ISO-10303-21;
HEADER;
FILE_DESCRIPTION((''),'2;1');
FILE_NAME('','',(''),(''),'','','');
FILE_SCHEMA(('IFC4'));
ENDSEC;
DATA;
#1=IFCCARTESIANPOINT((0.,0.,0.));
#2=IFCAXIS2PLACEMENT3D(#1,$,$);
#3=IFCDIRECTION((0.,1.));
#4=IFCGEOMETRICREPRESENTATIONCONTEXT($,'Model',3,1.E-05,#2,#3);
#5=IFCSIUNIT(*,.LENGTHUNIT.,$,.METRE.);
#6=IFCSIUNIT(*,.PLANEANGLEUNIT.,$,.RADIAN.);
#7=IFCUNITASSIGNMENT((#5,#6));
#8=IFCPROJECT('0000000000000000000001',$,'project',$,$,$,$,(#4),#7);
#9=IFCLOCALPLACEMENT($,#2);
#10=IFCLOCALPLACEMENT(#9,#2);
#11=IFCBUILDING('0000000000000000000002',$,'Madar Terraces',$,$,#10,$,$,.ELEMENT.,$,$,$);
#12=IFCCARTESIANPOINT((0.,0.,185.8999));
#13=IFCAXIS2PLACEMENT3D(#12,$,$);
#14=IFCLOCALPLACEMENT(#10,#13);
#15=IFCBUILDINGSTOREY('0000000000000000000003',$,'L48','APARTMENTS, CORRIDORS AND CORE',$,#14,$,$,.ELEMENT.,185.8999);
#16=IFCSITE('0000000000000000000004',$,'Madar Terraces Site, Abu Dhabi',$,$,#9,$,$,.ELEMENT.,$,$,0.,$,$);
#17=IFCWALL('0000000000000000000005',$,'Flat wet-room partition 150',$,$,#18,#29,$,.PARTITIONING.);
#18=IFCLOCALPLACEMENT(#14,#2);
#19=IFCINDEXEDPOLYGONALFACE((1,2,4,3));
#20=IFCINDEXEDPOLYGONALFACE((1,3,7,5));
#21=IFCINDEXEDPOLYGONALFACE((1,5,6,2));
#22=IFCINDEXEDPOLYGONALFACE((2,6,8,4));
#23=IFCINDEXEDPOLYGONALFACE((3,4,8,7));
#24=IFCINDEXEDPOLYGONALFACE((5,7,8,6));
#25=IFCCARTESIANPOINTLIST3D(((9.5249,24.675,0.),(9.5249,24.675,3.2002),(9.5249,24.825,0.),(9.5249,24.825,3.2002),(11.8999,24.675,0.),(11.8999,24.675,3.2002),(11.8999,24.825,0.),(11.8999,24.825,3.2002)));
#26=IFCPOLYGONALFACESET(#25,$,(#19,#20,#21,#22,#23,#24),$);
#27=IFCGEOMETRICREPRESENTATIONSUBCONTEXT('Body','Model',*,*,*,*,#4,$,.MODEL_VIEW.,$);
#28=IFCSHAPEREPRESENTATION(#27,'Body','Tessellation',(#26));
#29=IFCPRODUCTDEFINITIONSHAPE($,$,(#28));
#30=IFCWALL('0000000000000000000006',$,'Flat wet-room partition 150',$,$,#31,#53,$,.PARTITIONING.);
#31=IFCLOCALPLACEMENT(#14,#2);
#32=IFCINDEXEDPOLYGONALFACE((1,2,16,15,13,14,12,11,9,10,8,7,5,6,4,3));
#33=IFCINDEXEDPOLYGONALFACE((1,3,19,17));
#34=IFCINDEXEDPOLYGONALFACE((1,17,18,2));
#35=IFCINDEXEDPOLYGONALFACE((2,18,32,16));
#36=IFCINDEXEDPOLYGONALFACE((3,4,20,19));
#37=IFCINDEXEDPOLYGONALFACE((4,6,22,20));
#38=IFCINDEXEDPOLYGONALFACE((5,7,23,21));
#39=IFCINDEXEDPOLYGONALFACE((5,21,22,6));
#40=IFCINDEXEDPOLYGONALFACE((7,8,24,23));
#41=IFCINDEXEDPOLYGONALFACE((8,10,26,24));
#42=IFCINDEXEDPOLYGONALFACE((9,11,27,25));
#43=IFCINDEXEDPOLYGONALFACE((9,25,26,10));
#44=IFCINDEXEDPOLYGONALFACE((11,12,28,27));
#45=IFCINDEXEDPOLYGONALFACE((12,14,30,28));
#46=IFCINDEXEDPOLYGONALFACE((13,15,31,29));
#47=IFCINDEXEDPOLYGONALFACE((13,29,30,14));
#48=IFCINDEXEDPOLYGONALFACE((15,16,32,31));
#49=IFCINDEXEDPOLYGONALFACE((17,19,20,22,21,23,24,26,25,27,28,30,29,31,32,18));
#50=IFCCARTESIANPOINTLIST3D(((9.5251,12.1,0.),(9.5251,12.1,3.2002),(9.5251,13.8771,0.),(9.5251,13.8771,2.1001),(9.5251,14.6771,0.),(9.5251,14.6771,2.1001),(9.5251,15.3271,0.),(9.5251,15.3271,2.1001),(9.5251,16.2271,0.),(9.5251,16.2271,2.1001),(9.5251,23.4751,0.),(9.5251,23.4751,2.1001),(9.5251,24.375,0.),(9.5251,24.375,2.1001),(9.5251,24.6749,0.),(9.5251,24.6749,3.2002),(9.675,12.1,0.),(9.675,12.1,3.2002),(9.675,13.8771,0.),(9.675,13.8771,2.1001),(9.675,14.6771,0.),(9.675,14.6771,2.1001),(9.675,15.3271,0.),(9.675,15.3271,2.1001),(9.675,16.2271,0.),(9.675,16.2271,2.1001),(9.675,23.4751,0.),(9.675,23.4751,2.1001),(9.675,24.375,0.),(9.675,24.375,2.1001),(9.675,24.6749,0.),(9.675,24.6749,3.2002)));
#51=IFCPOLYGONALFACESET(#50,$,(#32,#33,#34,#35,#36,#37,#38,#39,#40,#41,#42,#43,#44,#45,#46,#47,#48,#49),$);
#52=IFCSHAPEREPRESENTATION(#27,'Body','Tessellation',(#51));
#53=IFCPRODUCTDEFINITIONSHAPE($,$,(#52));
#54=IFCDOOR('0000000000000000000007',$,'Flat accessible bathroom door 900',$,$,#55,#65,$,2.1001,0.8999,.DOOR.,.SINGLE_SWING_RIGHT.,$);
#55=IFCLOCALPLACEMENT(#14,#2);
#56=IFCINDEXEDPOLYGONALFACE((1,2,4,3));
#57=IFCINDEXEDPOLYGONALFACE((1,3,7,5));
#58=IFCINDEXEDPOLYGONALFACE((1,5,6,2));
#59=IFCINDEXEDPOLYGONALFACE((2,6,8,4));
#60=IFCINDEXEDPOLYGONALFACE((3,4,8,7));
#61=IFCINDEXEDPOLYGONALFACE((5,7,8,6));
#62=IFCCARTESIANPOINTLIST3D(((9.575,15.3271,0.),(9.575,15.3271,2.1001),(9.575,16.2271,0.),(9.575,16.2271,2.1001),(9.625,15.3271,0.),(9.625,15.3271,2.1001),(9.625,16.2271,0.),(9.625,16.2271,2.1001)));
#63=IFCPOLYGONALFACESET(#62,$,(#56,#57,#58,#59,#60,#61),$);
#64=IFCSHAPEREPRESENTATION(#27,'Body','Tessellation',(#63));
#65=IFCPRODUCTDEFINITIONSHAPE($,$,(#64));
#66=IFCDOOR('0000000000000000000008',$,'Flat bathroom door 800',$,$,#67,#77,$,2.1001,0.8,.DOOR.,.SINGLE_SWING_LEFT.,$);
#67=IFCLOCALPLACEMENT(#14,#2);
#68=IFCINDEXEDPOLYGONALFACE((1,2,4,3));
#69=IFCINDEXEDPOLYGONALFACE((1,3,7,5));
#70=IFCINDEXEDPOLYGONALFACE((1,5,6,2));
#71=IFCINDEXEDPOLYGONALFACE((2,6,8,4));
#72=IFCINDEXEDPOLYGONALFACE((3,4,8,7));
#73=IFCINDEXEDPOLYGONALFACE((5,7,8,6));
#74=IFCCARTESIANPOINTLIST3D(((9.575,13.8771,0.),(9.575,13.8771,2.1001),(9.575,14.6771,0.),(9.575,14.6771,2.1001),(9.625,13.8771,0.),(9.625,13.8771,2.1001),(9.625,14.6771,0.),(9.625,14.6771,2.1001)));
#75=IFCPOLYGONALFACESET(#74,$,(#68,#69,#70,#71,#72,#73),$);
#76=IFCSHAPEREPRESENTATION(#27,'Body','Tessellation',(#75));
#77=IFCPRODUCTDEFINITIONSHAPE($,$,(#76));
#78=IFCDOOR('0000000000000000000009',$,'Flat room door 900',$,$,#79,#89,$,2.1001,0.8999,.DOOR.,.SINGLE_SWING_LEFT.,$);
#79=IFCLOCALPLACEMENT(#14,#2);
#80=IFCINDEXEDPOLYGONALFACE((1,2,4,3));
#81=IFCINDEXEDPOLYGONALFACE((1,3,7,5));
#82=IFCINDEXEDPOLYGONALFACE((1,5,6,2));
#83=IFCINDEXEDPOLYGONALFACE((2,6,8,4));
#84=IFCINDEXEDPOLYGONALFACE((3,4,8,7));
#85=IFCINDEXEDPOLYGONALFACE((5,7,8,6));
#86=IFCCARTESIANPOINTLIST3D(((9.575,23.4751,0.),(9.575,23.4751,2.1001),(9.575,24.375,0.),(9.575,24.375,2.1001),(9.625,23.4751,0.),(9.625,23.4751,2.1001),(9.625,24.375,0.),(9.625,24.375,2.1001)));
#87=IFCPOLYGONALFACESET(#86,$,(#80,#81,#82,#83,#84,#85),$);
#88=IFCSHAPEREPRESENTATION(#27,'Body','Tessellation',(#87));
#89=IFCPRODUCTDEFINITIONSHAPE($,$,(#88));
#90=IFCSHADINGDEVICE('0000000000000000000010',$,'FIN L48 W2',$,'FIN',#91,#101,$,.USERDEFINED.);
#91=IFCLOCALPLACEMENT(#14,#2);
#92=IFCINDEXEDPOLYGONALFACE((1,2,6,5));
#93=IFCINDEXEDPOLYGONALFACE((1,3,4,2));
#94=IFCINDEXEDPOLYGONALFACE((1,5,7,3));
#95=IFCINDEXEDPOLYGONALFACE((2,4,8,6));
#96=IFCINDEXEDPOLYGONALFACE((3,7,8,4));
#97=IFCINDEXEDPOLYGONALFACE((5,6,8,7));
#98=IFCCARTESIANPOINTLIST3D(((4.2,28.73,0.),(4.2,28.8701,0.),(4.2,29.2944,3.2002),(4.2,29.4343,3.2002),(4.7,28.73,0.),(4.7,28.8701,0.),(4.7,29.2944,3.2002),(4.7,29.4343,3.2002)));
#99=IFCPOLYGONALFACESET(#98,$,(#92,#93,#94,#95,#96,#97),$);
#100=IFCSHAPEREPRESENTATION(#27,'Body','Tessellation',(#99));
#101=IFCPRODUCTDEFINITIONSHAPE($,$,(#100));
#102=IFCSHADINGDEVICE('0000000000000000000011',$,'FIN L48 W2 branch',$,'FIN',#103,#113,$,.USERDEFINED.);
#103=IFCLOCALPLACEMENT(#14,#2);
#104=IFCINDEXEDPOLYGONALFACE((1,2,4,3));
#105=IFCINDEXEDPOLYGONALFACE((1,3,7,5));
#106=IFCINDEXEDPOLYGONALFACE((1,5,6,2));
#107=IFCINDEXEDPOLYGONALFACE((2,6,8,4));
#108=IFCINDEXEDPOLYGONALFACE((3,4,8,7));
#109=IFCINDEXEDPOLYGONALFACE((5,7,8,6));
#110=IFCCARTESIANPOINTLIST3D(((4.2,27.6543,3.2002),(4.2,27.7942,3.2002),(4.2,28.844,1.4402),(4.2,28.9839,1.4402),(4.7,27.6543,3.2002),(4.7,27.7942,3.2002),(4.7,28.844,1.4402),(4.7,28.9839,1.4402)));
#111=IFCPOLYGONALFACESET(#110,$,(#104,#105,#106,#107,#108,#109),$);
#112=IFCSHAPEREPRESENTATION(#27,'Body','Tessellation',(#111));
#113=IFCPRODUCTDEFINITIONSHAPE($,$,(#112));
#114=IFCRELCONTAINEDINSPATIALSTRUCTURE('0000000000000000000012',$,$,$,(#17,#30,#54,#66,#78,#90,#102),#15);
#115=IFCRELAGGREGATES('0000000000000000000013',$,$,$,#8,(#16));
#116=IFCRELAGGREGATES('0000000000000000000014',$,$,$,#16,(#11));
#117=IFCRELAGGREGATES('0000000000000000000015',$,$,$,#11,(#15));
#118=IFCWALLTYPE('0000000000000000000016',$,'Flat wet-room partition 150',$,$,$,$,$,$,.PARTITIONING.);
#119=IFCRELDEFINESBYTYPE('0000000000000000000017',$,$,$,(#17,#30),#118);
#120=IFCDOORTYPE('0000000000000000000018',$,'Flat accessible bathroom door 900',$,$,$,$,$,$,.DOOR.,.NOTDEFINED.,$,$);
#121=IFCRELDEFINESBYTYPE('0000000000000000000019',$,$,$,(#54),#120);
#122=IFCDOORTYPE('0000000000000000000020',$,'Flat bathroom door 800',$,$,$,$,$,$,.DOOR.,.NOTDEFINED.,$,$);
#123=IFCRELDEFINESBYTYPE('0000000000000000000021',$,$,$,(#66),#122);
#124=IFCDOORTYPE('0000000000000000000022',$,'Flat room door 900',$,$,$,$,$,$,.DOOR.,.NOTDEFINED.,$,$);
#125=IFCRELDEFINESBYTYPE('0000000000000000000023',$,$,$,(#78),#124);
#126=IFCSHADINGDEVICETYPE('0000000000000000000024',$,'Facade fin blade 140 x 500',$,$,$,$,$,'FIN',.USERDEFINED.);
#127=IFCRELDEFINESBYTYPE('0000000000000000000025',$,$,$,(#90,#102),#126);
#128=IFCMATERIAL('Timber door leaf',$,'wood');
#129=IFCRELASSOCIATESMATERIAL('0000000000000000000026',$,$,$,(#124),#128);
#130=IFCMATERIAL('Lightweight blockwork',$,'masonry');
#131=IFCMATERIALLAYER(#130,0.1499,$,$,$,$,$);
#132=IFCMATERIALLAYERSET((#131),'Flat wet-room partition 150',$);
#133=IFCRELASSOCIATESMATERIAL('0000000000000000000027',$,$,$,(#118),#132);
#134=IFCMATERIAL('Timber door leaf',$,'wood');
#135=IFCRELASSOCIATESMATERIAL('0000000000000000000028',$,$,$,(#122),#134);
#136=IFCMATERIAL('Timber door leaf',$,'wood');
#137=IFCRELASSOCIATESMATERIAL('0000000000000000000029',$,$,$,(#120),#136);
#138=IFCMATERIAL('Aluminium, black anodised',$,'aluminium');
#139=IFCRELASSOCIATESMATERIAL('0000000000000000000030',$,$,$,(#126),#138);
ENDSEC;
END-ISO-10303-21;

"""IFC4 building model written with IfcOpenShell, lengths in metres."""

from ifc_helpers import new_model, si_unit, direction, frame, frame_2d, origin, place, context, subcontext, project, spatial, polyline, rectangle, outline, extrude, material, layer, layer_set, type_object, element, fill, save


model = new_model("IFC4")

# Units and contexts
model_context = context("Model", 3, precision=1e-05, world=origin(), true_north=direction((0.0, 1.0)))
body_context = subcontext(model_context, "Body", "Model", "MODEL_VIEW")
ifc_project = project(units=[si_unit("LENGTHUNIT", "METRE"), si_unit("PLANEANGLEUNIT", "RADIAN")], contexts=[model_context])

# Site, building, storey
site_placement = place(None, origin())
site = spatial("IfcSite", under=ifc_project, at=site_placement, Name="Madar Terraces Site, Abu Dhabi", CompositionType="ELEMENT", RefElevation=0.0)
building_placement = place(site_placement, origin())
building = spatial("IfcBuilding", under=site, at=building_placement, Name="Madar Terraces", CompositionType="ELEMENT")
storey_placement = place(building_placement, frame((0.0, 0.0, 185.8999)))
storey = spatial("IfcBuildingStorey", under=building, at=storey_placement, Name="L48", Description="APARTMENTS, CORRIDORS AND CORE", CompositionType="ELEMENT", Elevation=185.8999)

# Shared definitions
ifc_material_1 = material(Name="Timber door leaf", Category="wood")
door_type_1 = type_object("IfcDoorType", Name="Flat room door 900", OperationType="NOTDEFINED", PredefinedType="DOOR", material=ifc_material_1)

# Shared definitions
ifc_material_2 = material(Name="Lightweight blockwork", Category="masonry")
ifc_layer_1 = layer(ifc_material_2, 0.1499)
ifc_layer_set_1 = layer_set([ifc_layer_1], Name="Flat wet-room partition 150")
wall_type_1 = type_object("IfcWallType", Name="Flat wet-room partition 150", PredefinedType="PARTITIONING", material=ifc_layer_set_1)

# Shared definitions
ifc_material_3 = material(Name="Timber door leaf", Category="wood")
door_type_2 = type_object("IfcDoorType", Name="Flat bathroom door 800", OperationType="NOTDEFINED", PredefinedType="DOOR", material=ifc_material_3)

# Wall
wall_1_placement = place(storey_placement, frame((11.8999, 24.75, 0.0), z_axis=(0.0, 0.0, 1.0), x_axis=(-1.0, 0.0, 0.0)))
element("IfcWall", 1, at=wall_1_placement, inside=storey, type_object=wall_type_1, Name="Flat wet-room partition 150", PredefinedType="PARTITIONING", context=body_context, shape_type="SweptSolid", body=[
    extrude(rectangle(XDim=2.375, YDim=0.1499, at=frame_2d((1.1875, 0.0))), origin(), (0.0, 0.0, 1.0), 3.2002),
])

# Wall, openings, doors
wall_2_placement = place(storey_placement, frame((9.6001, 24.675, 0.0), z_axis=(0.0, 0.0, 1.0), x_axis=(0.0, -1.0, 0.0)))
wall_2 = element("IfcWall", 2, at=wall_2_placement, inside=storey, type_object=wall_type_1, Name="Flat wet-room partition 150", PredefinedType="PARTITIONING", context=body_context, shape_type="SweptSolid", body=[
    extrude(rectangle(XDim=12.575, YDim=0.1499, at=frame_2d((6.2876, 0.0))), origin(), (0.0, 0.0, 1.0), 3.2002),
])
opening_1_placement = place(wall_2_placement, frame((0.3, 0.0, 0.0)))
opening_1 = element("IfcOpeningElement", 3, at=opening_1_placement, cuts=wall_2, PredefinedType="OPENING", context=body_context, shape_type="SweptSolid", body=[
    extrude(rectangle(XDim=0.8999, YDim=2.1001, at=frame_2d((0.45, 1.05))), frame((0.0, 0.085, 0.0), z_axis=(0.0, -1.0, 0.0), x_axis=(1.0, 0.0, 0.0)), (0.0, 0.0, 1.0), 0.1699),
])
opening_2_placement = place(wall_2_placement, frame((8.448, 0.0, 0.0)))
opening_2 = element("IfcOpeningElement", 4, at=opening_2_placement, cuts=wall_2, PredefinedType="OPENING", context=body_context, shape_type="SweptSolid", body=[
    extrude(rectangle(XDim=0.8999, YDim=2.1001, at=frame_2d((0.45, 1.05))), frame((0.0, 0.085, 0.0), z_axis=(0.0, -1.0, 0.0), x_axis=(1.0, 0.0, 0.0)), (0.0, 0.0, 1.0), 0.1699),
])
opening_3_placement = place(wall_2_placement, frame((9.998, 0.0, 0.0)))
opening_3 = element("IfcOpeningElement", 5, at=opening_3_placement, cuts=wall_2, PredefinedType="OPENING", context=body_context, shape_type="SweptSolid", body=[
    extrude(rectangle(XDim=0.8, YDim=2.1001, at=frame_2d((0.3999, 1.05))), frame((0.0, 0.085, 0.0), z_axis=(0.0, -1.0, 0.0), x_axis=(1.0, 0.0, 0.0)), (0.0, 0.0, 1.0), 0.1699),
])
ifc_material_4 = material(Name="Timber door leaf", Category="wood")
door_type_3 = type_object("IfcDoorType", Name="Flat accessible bathroom door 900", OperationType="NOTDEFINED", PredefinedType="DOOR", material=ifc_material_4)
door_1_placement = place(opening_2_placement, origin())
door_1 = element("IfcDoor", 6, at=door_1_placement, inside=storey, type_object=door_type_3, Name="Flat accessible bathroom door 900", OperationType="SINGLE_SWING_RIGHT", OverallHeight=2.1001, OverallWidth=0.8999, PredefinedType="DOOR", context=body_context, shape_type="SweptSolid", body=[
    extrude(rectangle(XDim=0.8999, YDim=2.1001, at=frame_2d((0.45, 1.05))), frame((0.0, 0.0249, 0.0), z_axis=(0.0, -1.0, 0.0), x_axis=(1.0, 0.0, 0.0)), (0.0, 0.0, 1.0), 0.05),
])
fill(opening_2, door_1)
door_2_placement = place(opening_3_placement, origin())
door_2 = element("IfcDoor", 7, at=door_2_placement, inside=storey, type_object=door_type_2, Name="Flat bathroom door 800", OperationType="SINGLE_SWING_LEFT", OverallHeight=2.1001, OverallWidth=0.8, PredefinedType="DOOR", context=body_context, shape_type="SweptSolid", body=[
    extrude(rectangle(XDim=0.8, YDim=2.1001, at=frame_2d((0.3999, 1.05))), frame((0.0, 0.0249, 0.0), z_axis=(0.0, -1.0, 0.0), x_axis=(1.0, 0.0, 0.0)), (0.0, 0.0, 1.0), 0.05),
])
fill(opening_3, door_2)
door_3_placement = place(opening_1_placement, origin())
door_3 = element("IfcDoor", 8, at=door_3_placement, inside=storey, type_object=door_type_1, Name="Flat room door 900", OperationType="SINGLE_SWING_LEFT", OverallHeight=2.1001, OverallWidth=0.8999, PredefinedType="DOOR", context=body_context, shape_type="SweptSolid", body=[
    extrude(rectangle(XDim=0.8999, YDim=2.1001, at=frame_2d((0.45, 1.05))), frame((0.0, 0.0249, 0.0), z_axis=(0.0, -1.0, 0.0), x_axis=(1.0, 0.0, 0.0)), (0.0, 0.0, 1.0), 0.05),
])
fill(opening_1, door_3)

# Shading devices
ifc_material_5 = material(Name="Aluminium, black anodised", Category="aluminium")
shading_device_type = type_object("IfcShadingDeviceType", Name="Facade fin blade 140 x 500", ElementType="FIN", PredefinedType="USERDEFINED", material=ifc_material_5)
shading_device_1_placement = place(storey_placement, frame((4.45, 28.8701, 0.0), z_axis=(0.0, 0.0, 1.0), x_axis=(0.0, -1.0, 0.0)))
element("IfcShadingDevice", 9, at=shading_device_1_placement, inside=storey, type_object=shading_device_type, Name="FIN L48 W2", ObjectType="FIN", PredefinedType="USERDEFINED", context=body_context, shape_type="SweptSolid", body=[
    extrude(outline(polyline([(0.0, 0.0), (0.1401, 0.0), (-0.4243, 3.2002), (-0.5642, 3.2002), (0.0, 0.0)])), frame((0.0, 0.25, 0.0), z_axis=(0.0, -1.0, 0.0), x_axis=(1.0, 0.0, 0.0)), (0.0, 0.0, 1.0), 0.5),
])
shading_device_2_placement = place(storey_placement, frame((4.45, 28.9839, 1.4402), z_axis=(0.0, 0.0, 1.0), x_axis=(0.0, -1.0, 0.0)))
element("IfcShadingDevice", 10, at=shading_device_2_placement, inside=storey, type_object=shading_device_type, Name="FIN L48 W2 branch", ObjectType="FIN", PredefinedType="USERDEFINED", context=body_context, shape_type="SweptSolid", body=[
    extrude(outline(polyline([(0.0, 0.0), (0.1399, 0.0), (1.3296, 1.76), (1.1897, 1.76), (0.0, 0.0)])), frame((0.0, 0.25, 0.0), z_axis=(0.0, -1.0, 0.0), x_axis=(1.0, 0.0, 0.0)), (0.0, 0.0, 1.0), 0.5),
])

save(model, "model.ifc")
